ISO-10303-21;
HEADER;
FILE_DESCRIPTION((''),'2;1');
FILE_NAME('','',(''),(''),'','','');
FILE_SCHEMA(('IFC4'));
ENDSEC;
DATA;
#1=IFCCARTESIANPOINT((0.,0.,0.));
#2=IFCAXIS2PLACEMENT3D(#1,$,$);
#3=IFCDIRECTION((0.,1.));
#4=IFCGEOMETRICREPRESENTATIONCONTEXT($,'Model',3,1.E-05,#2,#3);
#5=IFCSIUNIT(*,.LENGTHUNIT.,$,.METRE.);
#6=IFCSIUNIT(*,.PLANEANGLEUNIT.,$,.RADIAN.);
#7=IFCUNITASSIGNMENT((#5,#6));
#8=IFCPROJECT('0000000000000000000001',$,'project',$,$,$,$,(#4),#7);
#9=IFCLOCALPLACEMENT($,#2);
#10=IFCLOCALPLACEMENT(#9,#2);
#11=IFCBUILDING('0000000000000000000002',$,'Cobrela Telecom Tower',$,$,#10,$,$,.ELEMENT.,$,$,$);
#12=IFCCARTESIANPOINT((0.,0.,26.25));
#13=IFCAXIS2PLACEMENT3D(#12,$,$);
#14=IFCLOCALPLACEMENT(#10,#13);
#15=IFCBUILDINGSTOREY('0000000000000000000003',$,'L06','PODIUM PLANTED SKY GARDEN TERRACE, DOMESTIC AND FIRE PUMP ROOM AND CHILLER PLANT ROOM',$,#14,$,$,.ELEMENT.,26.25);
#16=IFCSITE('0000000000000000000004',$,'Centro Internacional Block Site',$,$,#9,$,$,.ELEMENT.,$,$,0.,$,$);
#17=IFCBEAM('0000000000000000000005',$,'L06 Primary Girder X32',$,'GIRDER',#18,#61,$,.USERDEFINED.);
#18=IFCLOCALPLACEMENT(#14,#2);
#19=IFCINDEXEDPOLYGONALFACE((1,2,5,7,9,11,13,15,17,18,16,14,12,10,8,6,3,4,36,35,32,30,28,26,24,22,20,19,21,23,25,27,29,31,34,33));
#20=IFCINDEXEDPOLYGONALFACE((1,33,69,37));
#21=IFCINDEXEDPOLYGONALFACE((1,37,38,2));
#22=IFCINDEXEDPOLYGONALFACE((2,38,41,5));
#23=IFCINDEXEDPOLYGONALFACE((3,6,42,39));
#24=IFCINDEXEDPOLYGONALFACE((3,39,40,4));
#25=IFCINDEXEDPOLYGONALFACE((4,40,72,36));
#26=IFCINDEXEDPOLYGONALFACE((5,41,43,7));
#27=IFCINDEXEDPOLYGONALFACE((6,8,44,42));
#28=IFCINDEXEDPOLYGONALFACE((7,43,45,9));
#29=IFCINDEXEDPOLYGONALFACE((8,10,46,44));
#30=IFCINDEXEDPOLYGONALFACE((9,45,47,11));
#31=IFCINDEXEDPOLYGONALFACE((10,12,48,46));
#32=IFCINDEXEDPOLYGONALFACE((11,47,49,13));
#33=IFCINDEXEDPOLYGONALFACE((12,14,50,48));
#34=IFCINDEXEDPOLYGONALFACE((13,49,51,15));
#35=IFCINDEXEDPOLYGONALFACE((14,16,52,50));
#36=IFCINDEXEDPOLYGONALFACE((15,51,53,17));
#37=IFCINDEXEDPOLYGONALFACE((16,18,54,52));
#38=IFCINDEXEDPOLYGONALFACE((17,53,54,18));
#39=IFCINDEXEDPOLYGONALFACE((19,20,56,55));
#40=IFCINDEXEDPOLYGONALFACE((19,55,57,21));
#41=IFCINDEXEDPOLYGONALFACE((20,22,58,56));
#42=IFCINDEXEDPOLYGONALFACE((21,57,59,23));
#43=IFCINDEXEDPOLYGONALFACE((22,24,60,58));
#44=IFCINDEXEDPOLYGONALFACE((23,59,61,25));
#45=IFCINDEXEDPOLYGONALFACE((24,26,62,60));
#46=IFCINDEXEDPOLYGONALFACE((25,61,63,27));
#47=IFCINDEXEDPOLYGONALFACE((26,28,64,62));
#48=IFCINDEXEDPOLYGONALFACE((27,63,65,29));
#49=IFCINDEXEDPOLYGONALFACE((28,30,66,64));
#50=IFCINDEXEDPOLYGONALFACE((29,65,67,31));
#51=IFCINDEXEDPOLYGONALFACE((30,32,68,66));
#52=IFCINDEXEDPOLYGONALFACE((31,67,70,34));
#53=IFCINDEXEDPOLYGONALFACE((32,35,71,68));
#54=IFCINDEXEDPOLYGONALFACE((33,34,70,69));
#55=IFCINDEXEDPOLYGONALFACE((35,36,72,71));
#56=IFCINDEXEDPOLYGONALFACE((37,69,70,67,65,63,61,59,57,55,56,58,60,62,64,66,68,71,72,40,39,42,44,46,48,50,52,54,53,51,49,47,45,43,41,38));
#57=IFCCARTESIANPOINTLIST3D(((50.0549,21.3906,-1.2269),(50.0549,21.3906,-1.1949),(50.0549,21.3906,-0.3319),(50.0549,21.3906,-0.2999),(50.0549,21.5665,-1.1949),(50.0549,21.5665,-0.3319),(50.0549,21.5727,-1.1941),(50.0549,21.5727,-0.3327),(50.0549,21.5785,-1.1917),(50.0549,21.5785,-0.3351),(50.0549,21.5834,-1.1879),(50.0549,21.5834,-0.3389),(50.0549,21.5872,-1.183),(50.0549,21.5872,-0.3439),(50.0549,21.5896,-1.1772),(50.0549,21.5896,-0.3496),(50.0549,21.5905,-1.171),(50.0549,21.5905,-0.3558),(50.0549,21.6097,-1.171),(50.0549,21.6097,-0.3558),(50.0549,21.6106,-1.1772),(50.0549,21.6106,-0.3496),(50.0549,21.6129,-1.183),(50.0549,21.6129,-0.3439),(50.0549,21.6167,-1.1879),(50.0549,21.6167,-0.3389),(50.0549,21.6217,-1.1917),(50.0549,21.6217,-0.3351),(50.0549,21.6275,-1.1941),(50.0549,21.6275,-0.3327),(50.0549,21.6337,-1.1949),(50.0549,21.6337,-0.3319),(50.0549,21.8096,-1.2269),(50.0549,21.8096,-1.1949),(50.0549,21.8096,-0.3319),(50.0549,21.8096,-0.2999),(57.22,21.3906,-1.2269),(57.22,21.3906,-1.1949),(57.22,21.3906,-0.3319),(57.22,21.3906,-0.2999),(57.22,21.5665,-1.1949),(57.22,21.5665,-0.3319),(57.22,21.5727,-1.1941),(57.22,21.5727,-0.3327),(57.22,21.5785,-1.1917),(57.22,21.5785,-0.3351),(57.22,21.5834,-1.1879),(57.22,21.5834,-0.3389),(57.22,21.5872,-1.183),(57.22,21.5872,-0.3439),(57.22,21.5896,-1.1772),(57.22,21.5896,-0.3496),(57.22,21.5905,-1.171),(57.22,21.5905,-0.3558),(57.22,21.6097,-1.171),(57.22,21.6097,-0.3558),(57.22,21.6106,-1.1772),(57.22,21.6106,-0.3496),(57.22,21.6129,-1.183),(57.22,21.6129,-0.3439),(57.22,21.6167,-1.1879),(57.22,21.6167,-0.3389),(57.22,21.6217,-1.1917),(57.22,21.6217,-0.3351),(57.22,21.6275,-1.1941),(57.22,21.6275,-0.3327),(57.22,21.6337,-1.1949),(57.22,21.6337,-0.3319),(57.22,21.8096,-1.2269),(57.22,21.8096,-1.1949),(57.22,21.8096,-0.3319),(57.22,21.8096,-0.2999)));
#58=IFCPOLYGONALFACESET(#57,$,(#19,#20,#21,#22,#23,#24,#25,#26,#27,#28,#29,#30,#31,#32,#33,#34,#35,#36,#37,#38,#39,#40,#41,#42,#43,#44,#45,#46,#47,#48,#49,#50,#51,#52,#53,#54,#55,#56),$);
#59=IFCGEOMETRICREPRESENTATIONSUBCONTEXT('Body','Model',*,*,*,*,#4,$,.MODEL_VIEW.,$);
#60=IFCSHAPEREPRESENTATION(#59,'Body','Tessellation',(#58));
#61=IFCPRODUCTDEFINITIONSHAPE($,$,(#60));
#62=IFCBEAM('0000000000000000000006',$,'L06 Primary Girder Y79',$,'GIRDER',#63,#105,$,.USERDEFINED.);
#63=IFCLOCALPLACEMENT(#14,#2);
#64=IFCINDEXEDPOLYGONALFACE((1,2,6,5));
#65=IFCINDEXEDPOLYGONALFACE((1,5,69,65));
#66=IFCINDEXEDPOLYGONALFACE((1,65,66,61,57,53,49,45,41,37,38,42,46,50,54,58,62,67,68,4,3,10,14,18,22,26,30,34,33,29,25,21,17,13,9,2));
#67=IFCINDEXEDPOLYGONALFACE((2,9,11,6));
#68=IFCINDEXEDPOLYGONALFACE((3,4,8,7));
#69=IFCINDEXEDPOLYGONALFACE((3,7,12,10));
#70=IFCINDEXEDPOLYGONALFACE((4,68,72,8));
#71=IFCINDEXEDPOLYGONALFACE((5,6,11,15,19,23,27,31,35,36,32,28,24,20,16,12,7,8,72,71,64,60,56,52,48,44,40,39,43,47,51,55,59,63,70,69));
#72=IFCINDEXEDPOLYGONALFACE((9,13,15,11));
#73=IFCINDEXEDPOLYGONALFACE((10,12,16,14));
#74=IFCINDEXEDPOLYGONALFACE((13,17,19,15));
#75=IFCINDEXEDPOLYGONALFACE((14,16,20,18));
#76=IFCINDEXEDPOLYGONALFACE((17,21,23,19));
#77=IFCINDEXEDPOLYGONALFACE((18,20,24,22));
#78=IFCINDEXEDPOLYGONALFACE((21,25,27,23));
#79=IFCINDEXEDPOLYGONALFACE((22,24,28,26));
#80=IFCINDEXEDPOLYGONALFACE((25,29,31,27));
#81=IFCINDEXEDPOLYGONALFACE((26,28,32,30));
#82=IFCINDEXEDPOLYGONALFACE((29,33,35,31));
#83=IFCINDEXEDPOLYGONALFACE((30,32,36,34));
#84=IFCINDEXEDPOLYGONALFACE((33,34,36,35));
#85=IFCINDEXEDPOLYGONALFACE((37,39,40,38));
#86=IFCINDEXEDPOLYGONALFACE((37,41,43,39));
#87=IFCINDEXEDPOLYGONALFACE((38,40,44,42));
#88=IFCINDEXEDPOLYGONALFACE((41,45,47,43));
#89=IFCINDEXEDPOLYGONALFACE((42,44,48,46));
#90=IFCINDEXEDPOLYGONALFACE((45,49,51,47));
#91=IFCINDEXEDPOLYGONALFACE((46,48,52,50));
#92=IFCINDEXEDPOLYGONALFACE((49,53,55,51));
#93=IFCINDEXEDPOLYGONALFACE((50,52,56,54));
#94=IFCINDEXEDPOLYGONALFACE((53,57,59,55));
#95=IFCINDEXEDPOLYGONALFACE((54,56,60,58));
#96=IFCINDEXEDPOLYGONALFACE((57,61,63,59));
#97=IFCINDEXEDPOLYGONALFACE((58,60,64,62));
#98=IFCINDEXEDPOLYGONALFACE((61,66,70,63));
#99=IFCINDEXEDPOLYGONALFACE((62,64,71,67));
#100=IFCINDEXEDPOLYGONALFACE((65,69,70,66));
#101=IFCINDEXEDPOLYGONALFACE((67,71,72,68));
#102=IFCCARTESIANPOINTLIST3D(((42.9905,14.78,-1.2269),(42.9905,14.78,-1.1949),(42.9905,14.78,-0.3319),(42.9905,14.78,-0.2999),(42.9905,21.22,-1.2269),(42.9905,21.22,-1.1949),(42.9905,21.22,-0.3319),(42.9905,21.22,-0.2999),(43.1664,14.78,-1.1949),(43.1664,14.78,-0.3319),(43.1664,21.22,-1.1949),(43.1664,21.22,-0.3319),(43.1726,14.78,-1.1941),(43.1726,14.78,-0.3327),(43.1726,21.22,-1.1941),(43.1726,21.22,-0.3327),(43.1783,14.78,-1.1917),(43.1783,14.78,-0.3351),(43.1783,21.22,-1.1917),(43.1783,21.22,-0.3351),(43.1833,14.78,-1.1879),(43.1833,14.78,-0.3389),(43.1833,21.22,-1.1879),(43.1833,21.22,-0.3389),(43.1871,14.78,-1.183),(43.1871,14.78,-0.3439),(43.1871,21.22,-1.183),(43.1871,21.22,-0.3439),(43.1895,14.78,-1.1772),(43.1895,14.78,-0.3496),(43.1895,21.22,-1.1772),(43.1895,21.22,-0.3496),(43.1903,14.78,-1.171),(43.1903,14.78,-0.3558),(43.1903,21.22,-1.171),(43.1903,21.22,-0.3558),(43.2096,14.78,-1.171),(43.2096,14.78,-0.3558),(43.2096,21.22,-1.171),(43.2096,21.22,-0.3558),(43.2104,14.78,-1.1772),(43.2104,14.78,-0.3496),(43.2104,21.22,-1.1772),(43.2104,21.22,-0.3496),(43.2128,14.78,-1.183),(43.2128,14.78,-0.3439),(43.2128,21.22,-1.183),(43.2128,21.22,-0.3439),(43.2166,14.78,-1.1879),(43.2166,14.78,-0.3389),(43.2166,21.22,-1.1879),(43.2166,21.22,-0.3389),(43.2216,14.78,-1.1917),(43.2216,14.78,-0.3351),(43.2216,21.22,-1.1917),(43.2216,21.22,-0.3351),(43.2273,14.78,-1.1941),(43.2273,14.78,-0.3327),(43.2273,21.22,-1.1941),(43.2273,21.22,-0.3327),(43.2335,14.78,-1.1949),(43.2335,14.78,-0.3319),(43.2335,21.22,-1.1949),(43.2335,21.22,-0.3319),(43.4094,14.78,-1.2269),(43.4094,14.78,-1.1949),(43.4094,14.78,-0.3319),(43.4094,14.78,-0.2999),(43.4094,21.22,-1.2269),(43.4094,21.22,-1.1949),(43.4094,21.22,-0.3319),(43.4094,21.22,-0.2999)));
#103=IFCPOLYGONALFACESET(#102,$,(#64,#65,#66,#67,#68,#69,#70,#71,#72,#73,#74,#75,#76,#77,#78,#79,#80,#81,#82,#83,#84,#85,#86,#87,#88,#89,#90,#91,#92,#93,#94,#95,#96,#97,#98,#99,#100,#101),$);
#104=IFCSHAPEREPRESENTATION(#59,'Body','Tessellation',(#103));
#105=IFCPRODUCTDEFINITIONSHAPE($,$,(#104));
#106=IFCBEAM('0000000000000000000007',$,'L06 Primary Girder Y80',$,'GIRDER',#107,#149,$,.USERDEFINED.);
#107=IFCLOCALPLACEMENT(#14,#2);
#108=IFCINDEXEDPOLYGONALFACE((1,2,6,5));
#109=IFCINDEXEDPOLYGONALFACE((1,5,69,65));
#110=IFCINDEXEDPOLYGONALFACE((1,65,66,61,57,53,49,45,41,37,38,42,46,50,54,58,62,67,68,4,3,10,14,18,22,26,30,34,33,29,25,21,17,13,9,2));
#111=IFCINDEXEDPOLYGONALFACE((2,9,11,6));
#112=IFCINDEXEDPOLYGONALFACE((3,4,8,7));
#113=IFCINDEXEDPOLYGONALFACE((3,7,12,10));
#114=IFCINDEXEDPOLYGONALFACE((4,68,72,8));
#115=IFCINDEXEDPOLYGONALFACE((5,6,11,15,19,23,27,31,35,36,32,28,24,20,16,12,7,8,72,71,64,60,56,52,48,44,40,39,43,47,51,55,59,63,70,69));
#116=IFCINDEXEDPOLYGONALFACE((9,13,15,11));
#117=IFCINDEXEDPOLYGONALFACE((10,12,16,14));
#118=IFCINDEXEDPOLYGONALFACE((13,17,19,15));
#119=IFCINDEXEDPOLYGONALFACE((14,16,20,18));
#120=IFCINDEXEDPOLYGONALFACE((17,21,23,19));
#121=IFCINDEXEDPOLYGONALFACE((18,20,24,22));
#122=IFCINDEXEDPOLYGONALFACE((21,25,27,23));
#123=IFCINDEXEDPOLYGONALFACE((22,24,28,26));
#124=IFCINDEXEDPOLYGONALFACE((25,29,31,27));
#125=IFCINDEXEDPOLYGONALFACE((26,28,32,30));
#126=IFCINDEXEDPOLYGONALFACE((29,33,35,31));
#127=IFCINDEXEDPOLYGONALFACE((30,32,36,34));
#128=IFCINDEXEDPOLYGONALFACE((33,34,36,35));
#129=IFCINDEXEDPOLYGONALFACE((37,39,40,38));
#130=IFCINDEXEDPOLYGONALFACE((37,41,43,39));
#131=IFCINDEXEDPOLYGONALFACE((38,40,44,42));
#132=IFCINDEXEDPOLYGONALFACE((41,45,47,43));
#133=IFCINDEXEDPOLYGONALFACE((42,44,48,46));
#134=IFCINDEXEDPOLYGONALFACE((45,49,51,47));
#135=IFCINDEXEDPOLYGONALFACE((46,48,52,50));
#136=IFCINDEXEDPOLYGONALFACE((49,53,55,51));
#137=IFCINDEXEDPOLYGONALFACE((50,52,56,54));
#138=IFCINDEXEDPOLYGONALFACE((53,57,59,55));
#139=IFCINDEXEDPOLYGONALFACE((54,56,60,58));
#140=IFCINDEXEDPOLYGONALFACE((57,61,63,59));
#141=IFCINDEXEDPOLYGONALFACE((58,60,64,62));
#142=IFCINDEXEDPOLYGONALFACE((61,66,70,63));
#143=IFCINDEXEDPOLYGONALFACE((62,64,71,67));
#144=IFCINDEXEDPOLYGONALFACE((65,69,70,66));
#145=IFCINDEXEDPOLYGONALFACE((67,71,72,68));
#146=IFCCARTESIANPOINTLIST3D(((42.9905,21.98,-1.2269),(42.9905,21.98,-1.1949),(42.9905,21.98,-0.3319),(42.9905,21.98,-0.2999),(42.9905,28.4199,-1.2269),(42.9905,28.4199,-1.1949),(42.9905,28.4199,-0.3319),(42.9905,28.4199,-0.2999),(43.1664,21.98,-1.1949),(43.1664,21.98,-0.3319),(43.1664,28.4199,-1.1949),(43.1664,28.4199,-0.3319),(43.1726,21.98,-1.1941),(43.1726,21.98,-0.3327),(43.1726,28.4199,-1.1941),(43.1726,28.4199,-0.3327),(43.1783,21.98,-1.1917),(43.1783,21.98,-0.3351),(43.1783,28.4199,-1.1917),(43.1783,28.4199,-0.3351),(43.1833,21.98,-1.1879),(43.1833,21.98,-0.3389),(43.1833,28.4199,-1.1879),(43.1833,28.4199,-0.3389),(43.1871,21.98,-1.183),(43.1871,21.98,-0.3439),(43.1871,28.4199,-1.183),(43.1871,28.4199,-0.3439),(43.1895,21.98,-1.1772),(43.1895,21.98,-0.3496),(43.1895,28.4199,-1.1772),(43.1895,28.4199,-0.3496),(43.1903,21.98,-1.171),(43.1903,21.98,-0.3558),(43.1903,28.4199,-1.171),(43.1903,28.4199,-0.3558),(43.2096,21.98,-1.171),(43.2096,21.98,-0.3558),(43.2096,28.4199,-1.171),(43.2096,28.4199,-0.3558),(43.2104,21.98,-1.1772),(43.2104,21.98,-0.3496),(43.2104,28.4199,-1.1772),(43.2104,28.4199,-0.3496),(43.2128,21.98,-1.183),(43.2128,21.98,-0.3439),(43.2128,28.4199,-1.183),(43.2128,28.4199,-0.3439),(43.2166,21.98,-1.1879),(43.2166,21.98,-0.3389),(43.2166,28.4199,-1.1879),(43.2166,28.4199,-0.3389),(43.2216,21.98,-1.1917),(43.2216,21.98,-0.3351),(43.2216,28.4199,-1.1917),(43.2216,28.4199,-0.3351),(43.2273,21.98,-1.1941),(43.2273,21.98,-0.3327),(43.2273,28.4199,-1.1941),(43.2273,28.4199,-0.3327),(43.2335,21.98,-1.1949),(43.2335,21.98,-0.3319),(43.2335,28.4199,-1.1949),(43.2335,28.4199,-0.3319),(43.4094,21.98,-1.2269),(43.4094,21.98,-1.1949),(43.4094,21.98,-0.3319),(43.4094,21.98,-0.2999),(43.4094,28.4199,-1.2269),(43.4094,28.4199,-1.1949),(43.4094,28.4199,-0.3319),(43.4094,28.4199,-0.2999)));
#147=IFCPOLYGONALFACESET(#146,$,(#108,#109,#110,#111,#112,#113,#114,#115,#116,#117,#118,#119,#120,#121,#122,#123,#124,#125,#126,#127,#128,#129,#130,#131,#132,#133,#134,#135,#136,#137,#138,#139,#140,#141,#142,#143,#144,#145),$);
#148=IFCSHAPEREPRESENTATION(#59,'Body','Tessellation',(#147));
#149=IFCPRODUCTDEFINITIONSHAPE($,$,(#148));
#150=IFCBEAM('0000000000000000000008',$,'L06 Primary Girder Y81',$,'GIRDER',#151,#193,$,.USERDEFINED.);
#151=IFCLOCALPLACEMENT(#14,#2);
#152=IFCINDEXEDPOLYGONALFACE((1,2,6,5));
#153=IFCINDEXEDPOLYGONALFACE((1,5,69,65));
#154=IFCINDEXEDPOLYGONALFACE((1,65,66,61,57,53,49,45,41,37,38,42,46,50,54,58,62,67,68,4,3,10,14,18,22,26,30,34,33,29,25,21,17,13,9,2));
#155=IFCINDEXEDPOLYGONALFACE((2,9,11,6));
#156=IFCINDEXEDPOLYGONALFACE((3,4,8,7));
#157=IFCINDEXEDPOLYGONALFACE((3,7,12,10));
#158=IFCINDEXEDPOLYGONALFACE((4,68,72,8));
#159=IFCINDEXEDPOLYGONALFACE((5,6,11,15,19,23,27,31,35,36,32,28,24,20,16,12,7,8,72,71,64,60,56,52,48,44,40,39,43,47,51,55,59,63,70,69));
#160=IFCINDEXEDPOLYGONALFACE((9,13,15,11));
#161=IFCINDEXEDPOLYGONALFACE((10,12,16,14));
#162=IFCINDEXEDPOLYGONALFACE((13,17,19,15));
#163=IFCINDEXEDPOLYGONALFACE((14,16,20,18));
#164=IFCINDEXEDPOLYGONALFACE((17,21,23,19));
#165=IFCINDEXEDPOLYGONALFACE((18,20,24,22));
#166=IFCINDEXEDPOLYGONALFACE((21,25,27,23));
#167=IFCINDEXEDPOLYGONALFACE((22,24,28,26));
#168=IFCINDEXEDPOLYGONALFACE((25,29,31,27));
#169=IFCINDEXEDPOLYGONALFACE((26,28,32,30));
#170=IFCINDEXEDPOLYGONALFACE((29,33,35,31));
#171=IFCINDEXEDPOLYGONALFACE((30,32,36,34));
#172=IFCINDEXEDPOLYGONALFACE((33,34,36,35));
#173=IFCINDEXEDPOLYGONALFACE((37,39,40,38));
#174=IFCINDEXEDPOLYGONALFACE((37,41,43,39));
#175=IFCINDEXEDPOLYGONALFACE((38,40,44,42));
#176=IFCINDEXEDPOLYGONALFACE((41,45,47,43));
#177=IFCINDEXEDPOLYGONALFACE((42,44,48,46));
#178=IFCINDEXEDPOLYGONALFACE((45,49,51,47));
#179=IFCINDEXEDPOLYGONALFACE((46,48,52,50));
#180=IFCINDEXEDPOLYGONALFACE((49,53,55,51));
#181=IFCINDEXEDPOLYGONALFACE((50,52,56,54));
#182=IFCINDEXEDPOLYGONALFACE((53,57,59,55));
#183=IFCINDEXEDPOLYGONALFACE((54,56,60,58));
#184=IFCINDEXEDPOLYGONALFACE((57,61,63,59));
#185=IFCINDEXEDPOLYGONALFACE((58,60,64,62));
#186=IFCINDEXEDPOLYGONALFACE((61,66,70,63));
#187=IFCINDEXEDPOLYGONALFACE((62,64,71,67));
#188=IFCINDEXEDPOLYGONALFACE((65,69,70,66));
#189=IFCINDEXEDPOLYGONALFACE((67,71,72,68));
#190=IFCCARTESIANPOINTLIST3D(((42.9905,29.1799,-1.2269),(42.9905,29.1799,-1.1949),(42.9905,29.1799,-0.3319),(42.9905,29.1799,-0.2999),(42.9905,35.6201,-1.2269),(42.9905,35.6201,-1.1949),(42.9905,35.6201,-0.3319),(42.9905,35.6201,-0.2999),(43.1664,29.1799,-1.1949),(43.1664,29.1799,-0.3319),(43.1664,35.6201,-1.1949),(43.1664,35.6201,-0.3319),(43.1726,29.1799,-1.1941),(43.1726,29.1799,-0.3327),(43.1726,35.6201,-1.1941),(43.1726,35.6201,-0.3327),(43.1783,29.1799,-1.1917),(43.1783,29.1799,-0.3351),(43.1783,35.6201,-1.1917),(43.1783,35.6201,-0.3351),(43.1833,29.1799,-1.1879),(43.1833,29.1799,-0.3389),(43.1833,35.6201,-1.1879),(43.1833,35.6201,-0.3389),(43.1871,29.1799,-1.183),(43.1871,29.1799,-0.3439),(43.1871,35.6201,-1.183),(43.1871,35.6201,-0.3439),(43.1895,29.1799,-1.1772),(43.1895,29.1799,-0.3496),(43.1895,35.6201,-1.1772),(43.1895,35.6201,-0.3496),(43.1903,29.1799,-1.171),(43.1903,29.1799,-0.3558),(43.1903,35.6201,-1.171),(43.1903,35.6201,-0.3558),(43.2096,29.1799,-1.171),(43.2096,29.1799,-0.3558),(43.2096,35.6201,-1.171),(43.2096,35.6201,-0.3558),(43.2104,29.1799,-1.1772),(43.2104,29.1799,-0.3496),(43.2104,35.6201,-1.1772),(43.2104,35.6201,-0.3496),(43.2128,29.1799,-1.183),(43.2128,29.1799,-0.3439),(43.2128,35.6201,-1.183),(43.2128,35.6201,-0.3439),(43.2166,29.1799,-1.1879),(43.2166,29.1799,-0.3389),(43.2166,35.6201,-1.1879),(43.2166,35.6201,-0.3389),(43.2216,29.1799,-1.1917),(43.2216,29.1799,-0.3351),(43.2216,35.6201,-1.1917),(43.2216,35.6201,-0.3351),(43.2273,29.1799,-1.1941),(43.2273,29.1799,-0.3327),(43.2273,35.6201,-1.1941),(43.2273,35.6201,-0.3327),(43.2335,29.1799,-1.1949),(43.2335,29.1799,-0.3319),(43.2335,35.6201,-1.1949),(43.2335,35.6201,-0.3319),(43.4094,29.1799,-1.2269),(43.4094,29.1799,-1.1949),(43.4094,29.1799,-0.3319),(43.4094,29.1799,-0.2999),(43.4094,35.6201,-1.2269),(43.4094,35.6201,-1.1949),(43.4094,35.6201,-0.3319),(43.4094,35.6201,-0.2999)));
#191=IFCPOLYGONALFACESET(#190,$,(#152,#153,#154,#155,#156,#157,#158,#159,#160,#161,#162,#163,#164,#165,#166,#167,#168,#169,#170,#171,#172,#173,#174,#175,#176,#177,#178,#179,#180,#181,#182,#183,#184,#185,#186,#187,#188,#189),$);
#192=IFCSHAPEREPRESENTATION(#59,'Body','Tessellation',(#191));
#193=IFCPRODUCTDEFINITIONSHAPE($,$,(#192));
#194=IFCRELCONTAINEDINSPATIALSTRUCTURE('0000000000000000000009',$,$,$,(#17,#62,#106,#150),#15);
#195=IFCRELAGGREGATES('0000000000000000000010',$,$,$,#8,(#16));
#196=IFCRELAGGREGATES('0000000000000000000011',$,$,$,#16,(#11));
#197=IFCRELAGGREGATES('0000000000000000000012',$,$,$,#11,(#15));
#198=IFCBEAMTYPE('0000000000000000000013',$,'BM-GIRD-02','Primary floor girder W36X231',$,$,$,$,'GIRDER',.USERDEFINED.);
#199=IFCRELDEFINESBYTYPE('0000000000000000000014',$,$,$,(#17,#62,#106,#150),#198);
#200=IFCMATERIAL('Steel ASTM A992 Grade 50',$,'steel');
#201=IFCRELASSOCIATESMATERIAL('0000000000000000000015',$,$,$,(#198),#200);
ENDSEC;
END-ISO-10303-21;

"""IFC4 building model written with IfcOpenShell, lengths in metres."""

from ifc_helpers import new_model, si_unit, direction, frame, origin, origin_2d, place, context, subcontext, project, spatial, i_section, extrude, material, material_profile, profile_set, type_object, element, save


model = new_model("IFC4")

# Units and contexts
model_context = context("Model", 3, precision=1e-05, world=origin(), true_north=direction((0.0, 1.0)))
body_context = subcontext(model_context, "Body", "Model", "MODEL_VIEW")
ifc_project = project(units=[si_unit("LENGTHUNIT", "METRE"), si_unit("PLANEANGLEUNIT", "RADIAN")], contexts=[model_context])

# Site, building, storey
site_placement = place(None, origin())
site = spatial("IfcSite", under=ifc_project, at=site_placement, Name="Centro Internacional Block Site", CompositionType="ELEMENT", RefElevation=0.0)
building_placement = place(site_placement, origin())
building = spatial("IfcBuilding", under=site, at=building_placement, Name="Cobrela Telecom Tower", CompositionType="ELEMENT")
storey_placement = place(building_placement, frame((0.0, 0.0, 26.25)))
storey = spatial("IfcBuildingStorey", under=building, at=storey_placement, Name="L06", Description="PODIUM PLANTED SKY GARDEN TERRACE, DOMESTIC AND FIRE PUMP ROOM AND CHILLER PLANT ROOM", CompositionType="ELEMENT", Elevation=26.25)

# Beams
ifc_material_1 = material(Name="Steel ASTM A992 Grade 50", Category="steel")
ifc_material_profile_1 = material_profile(ifc_material_1, i_section(OverallWidth=0.4189, OverallDepth=0.927, WebThickness=0.0193, FlangeThickness=0.032, FilletRadius=0.0239, at=origin_2d()), Name="W36X231")
ifc_profile_set_1 = profile_set([ifc_material_profile_1], Name="Steel ASTM A992 Grade 50")
beam_type_1 = type_object("IfcBeamType", Name="BM-GIRD-02", Description="Primary floor girder W36X231", ElementType="GIRDER", PredefinedType="USERDEFINED", material=ifc_profile_set_1)
beam_1_placement = place(storey_placement, frame((50.0549, 21.6001, -0.7634), z_axis=(1.0, 0.0, 0.0), x_axis=(0.0, 1.0, 0.0)))
element("IfcBeam", 1, at=beam_1_placement, inside=storey, type_object=beam_type_1, Name="L06 Primary Girder X32", ObjectType="GIRDER", PredefinedType="USERDEFINED", context=body_context, shape_type="SweptSolid", body=[
    extrude(i_section(OverallWidth=0.4189, OverallDepth=0.927, WebThickness=0.0193, FlangeThickness=0.032, FilletRadius=0.0239, at=origin_2d()), origin(), (0.0, 0.0, 1.0), 7.165),
])
for number, where, z_axis, x_axis, name in (
    (2, (43.2, 14.78, -0.7634), (0.0, 1.0, 0.0), (-1.0, 0.0, 0.0), "L06 Primary Girder Y79"),
    (3, (43.2, 21.98, -0.7634), (0.0, 1.0, 0.0), (-1.0, 0.0, 0.0), "L06 Primary Girder Y80"),
):
    element("IfcBeam", number, at=place(storey_placement, frame(where, z_axis=z_axis, x_axis=x_axis)), inside=storey, type_object=beam_type_1, Name=name, ObjectType="GIRDER", PredefinedType="USERDEFINED", context=body_context, shape_type="SweptSolid", body=[
        extrude(i_section(OverallWidth=0.4189, OverallDepth=0.927, WebThickness=0.0193, FlangeThickness=0.032, FilletRadius=0.0239, at=origin_2d()), origin(), (0.0, 0.0, 1.0), 6.4399),
    ])
beam_2_placement = place(storey_placement, frame((43.2, 29.1799, -0.7634), z_axis=(0.0, 1.0, 0.0), x_axis=(-1.0, 0.0, 0.0)))
element("IfcBeam", 4, at=beam_2_placement, inside=storey, type_object=beam_type_1, Name="L06 Primary Girder Y81", ObjectType="GIRDER", PredefinedType="USERDEFINED", context=body_context, shape_type="SweptSolid", body=[
    extrude(i_section(OverallWidth=0.4189, OverallDepth=0.927, WebThickness=0.0193, FlangeThickness=0.032, FilletRadius=0.0239, at=origin_2d()), origin(), (0.0, 0.0, 1.0), 6.4402),
])

save(model, "model.ifc")
